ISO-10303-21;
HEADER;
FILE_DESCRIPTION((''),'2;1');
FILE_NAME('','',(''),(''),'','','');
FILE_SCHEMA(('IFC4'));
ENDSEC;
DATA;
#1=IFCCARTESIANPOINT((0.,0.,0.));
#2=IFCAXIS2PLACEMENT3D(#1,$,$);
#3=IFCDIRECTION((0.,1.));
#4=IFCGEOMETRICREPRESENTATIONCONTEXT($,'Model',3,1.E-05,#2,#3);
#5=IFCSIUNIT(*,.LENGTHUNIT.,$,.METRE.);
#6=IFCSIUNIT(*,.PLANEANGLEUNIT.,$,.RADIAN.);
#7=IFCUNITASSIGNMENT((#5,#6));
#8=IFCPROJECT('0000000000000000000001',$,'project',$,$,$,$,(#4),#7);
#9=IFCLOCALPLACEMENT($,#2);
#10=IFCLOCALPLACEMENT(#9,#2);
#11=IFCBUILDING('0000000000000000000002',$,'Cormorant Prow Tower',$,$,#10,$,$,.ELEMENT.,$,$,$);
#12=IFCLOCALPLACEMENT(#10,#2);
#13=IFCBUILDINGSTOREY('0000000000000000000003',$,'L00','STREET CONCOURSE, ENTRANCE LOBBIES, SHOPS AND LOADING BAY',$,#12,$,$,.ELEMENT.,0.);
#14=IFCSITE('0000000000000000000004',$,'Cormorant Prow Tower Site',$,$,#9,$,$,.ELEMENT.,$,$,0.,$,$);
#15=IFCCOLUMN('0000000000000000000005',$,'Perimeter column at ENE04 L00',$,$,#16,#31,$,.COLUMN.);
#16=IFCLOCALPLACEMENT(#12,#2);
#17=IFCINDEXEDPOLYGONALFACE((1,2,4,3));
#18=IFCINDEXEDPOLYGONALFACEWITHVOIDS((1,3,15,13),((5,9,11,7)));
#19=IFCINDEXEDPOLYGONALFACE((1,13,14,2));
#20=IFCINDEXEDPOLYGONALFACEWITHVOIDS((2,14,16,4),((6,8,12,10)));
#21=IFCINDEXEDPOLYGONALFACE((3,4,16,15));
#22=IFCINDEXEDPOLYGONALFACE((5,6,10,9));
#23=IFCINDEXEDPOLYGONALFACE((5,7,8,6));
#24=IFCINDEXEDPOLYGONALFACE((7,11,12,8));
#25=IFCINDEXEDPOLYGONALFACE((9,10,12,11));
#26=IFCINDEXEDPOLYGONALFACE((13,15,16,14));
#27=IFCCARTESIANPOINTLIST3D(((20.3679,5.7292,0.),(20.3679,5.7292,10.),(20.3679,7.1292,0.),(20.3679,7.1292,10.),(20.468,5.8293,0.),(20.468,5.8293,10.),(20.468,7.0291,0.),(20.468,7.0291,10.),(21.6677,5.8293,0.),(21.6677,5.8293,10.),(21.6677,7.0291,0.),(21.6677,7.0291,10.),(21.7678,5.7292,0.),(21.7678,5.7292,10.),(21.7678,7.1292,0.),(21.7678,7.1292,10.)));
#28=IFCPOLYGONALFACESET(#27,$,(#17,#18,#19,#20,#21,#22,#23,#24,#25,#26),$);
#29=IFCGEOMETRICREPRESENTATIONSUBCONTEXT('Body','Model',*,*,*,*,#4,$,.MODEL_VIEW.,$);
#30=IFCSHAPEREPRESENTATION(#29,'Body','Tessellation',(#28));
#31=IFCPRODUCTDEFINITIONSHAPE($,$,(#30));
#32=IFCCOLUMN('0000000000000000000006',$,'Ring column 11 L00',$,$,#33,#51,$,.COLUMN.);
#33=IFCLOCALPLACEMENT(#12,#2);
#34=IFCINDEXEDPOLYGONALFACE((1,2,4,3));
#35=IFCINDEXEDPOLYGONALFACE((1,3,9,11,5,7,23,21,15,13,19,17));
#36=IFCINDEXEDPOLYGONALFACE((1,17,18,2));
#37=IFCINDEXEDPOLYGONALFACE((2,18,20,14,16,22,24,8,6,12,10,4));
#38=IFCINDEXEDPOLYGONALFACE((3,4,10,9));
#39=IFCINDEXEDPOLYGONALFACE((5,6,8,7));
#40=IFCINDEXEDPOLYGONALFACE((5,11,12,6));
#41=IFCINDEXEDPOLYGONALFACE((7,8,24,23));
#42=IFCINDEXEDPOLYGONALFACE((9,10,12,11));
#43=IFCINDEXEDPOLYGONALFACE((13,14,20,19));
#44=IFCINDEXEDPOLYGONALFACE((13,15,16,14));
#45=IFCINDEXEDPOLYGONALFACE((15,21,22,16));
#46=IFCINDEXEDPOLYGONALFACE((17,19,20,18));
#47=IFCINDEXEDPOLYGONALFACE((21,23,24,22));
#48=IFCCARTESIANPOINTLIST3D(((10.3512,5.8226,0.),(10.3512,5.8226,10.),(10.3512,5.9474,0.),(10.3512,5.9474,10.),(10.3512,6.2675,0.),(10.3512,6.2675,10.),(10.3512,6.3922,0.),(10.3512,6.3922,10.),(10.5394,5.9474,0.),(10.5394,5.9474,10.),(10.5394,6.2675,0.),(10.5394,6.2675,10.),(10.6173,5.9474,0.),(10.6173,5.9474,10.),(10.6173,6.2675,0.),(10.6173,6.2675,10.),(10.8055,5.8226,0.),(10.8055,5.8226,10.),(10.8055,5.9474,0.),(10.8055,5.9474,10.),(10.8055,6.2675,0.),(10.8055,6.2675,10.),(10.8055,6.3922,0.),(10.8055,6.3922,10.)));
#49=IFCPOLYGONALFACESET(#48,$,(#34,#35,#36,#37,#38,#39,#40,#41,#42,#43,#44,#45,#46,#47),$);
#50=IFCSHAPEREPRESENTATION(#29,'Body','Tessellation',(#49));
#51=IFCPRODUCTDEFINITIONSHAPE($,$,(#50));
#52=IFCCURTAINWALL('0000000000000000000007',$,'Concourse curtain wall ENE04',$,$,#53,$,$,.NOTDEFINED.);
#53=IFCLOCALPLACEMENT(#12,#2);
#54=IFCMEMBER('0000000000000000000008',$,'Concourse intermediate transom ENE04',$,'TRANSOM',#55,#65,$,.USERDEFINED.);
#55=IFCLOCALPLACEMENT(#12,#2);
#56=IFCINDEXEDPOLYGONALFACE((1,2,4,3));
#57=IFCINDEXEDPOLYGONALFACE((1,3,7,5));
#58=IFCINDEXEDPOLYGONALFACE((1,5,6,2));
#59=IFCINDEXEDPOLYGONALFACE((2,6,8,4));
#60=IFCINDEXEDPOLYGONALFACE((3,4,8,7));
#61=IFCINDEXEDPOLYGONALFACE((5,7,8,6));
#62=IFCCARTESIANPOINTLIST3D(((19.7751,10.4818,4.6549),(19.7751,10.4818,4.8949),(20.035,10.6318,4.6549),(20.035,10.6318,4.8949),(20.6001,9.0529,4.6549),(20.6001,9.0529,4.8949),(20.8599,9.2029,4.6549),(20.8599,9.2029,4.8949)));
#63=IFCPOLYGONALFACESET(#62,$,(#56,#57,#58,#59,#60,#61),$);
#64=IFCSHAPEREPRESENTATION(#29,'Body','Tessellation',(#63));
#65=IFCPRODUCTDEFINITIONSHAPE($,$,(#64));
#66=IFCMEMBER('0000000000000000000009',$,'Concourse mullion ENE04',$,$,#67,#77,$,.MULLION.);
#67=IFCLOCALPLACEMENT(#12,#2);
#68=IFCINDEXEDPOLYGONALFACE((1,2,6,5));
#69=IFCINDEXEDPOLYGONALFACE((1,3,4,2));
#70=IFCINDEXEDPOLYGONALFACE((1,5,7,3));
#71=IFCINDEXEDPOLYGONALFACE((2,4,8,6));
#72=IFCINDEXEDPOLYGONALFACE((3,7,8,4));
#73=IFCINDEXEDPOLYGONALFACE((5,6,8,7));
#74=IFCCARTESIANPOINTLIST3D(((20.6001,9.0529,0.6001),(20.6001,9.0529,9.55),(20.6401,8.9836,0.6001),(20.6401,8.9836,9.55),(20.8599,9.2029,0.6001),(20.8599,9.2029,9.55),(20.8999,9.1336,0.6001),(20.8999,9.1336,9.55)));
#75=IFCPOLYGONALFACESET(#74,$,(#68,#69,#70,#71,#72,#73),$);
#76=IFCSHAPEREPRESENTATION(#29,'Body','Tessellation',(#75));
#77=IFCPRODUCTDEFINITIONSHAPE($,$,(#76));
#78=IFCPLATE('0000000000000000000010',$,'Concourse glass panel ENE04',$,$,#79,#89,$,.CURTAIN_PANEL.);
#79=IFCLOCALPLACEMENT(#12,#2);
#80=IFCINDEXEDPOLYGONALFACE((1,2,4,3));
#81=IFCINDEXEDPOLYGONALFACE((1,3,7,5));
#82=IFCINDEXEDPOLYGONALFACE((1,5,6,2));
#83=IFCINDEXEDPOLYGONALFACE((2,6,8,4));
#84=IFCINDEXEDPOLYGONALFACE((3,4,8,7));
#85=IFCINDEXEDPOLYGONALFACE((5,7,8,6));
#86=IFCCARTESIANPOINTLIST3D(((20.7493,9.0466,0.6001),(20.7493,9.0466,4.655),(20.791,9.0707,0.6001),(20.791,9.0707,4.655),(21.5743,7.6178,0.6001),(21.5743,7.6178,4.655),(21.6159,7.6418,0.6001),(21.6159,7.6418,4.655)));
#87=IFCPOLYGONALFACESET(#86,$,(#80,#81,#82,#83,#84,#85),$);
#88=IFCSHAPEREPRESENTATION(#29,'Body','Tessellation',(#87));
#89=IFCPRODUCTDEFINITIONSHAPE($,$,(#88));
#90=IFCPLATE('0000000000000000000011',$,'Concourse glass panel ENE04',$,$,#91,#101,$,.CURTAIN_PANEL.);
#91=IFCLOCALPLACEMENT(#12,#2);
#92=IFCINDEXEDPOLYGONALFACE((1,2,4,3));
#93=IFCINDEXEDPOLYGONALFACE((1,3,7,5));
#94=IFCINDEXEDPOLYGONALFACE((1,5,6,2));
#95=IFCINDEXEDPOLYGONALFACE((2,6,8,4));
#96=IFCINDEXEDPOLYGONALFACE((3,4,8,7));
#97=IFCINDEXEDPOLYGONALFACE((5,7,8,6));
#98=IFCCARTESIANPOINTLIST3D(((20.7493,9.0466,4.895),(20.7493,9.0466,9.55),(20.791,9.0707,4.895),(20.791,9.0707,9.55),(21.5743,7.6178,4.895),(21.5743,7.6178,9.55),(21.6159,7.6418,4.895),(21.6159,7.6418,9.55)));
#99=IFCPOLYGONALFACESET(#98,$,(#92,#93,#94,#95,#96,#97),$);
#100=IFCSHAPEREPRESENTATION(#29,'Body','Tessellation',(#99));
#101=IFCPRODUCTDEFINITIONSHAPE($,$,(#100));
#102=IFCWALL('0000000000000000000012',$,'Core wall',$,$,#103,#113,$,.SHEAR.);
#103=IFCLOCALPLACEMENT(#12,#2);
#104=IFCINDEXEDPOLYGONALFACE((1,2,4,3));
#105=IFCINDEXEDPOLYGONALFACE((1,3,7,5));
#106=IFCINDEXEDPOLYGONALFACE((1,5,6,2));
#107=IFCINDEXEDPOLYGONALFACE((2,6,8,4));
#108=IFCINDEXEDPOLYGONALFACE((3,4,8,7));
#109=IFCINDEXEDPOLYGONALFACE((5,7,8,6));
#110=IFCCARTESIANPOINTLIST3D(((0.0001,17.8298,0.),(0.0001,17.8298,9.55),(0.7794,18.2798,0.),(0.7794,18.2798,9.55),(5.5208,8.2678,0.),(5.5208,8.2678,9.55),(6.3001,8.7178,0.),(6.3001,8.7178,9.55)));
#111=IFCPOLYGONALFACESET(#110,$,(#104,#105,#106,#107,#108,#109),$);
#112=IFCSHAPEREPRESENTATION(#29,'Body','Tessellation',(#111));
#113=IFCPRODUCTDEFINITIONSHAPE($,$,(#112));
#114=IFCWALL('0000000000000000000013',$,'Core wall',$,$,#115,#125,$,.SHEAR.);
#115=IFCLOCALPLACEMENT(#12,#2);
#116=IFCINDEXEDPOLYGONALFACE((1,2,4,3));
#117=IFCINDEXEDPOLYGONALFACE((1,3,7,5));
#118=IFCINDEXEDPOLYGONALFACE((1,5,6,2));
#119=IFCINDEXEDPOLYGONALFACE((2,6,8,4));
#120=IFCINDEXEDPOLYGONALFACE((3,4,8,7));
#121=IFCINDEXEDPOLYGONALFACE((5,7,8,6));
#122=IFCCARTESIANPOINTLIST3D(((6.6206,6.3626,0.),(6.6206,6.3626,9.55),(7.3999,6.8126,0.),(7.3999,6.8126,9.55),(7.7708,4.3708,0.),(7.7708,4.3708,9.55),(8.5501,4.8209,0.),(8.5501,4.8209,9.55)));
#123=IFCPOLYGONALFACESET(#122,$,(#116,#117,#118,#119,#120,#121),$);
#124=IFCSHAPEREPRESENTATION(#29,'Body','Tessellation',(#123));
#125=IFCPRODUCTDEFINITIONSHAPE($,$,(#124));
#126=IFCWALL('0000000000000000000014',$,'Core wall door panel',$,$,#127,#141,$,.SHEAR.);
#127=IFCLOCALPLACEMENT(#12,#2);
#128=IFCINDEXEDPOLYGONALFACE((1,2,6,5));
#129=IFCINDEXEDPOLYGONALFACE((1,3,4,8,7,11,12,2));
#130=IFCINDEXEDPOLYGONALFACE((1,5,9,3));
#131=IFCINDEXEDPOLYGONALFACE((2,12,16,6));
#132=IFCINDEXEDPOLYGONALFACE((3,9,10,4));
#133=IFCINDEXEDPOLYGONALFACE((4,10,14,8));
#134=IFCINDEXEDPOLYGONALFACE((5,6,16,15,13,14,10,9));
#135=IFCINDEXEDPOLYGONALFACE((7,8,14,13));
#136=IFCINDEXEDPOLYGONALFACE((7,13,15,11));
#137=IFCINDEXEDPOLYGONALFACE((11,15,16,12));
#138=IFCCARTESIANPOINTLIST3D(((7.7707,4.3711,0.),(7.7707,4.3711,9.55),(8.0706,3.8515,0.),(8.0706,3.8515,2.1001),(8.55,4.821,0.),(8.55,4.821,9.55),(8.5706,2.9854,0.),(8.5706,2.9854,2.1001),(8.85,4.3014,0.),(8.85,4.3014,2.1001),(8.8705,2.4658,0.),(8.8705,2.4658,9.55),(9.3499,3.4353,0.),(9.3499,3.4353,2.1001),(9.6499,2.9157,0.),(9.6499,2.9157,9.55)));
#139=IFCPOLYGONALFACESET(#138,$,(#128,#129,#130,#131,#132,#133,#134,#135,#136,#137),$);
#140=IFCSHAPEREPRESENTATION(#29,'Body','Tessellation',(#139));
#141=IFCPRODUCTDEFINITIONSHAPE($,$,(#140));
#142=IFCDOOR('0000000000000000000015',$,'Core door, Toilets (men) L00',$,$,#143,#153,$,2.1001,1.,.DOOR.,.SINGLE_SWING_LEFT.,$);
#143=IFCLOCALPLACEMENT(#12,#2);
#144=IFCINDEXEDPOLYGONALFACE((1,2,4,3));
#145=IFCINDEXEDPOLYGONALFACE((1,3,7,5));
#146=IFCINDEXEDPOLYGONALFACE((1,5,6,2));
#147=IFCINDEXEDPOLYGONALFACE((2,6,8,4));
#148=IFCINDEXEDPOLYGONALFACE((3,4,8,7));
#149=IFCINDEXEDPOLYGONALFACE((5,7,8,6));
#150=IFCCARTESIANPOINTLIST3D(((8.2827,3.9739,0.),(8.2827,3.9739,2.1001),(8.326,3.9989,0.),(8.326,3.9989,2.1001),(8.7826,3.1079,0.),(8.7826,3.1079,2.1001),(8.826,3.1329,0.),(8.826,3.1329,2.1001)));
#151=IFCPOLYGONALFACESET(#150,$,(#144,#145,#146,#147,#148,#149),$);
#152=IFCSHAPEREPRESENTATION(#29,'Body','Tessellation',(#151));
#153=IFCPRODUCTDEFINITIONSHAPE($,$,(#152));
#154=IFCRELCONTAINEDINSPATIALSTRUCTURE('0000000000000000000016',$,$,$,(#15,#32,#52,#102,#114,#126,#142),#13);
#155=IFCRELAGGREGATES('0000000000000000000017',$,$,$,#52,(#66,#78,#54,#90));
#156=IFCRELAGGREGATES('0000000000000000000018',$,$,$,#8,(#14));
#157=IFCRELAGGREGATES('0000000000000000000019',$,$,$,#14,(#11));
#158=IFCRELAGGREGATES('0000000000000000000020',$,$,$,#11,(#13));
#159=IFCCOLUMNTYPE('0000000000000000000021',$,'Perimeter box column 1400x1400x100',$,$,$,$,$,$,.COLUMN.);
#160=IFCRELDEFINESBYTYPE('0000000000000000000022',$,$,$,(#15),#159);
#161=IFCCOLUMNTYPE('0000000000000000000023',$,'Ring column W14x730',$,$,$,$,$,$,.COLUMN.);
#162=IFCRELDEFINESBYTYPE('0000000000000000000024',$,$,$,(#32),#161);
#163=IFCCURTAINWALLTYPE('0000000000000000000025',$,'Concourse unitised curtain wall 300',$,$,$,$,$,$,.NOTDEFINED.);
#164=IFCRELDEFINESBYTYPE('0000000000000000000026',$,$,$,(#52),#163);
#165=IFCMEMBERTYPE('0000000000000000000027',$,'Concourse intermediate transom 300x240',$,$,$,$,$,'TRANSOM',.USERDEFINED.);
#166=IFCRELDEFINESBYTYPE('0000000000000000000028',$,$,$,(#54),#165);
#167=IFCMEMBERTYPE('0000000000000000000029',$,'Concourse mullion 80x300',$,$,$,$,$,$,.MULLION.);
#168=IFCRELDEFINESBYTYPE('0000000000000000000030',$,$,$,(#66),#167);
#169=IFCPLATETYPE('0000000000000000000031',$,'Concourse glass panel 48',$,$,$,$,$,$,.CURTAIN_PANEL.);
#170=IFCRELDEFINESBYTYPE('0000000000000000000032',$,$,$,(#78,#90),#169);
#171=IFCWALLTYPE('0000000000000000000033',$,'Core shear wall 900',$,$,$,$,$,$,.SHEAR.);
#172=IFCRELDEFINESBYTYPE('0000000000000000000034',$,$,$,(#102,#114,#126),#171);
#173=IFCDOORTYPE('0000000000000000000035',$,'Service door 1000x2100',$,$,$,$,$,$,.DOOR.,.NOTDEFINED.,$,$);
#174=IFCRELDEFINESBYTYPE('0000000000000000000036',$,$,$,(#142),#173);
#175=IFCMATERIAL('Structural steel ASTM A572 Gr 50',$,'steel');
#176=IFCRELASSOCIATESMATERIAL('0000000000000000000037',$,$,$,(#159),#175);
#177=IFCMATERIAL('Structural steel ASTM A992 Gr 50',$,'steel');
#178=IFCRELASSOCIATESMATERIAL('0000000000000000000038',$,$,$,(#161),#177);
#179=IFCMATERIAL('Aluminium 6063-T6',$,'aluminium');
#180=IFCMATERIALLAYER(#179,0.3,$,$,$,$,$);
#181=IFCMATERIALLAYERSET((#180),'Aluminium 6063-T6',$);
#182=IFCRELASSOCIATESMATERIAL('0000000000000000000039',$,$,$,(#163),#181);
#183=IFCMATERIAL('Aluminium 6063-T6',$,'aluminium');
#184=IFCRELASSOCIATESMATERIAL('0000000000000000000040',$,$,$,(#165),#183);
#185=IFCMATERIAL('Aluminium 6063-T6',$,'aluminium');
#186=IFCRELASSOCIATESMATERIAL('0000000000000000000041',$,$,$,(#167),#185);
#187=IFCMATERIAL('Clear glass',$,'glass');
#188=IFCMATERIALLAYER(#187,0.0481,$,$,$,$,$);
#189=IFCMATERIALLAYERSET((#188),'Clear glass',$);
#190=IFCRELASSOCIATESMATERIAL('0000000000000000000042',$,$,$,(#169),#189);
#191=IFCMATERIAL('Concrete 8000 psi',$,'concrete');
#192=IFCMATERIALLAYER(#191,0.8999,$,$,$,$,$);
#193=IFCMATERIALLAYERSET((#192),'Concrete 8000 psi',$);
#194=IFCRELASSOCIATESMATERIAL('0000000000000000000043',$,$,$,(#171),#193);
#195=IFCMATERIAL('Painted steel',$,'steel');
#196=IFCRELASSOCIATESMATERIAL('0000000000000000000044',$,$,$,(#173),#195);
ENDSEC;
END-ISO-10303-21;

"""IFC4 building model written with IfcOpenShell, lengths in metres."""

from ifc_helpers import new_model, si_unit, direction, frame, frame_2d, origin, origin_2d, place, context, subcontext, project, spatial, rectangle, hollow_rectangle, i_section, extrude, material, layer, layer_set, material_profile, profile_set, type_object, element, fill, aggregate, save


model = new_model("IFC4")

# Units and contexts
model_context = context("Model", 3, precision=1e-05, world=origin(), true_north=direction((0.0, 1.0)))
body_context = subcontext(model_context, "Body", "Model", "MODEL_VIEW")
ifc_project = project(units=[si_unit("LENGTHUNIT", "METRE"), si_unit("PLANEANGLEUNIT", "RADIAN")], contexts=[model_context])

# Site, building, storey
site_placement = place(None, origin())
site = spatial("IfcSite", under=ifc_project, at=site_placement, Name="Cormorant Prow Tower Site", CompositionType="ELEMENT", RefElevation=0.0)
building_placement = place(site_placement, origin())
building = spatial("IfcBuilding", under=site, at=building_placement, Name="Cormorant Prow Tower", CompositionType="ELEMENT")
storey_placement = place(building_placement, origin())
storey = spatial("IfcBuildingStorey", under=building, at=storey_placement, Name="L00", Description="STREET CONCOURSE, ENTRANCE LOBBIES, SHOPS AND LOADING BAY", CompositionType="ELEMENT", Elevation=0.0)

# Columns
ifc_material_1 = material(Name="Structural steel ASTM A572 Gr 50", Category="steel")
ifc_material_profile_1 = material_profile(ifc_material_1, hollow_rectangle(XDim=1.3999, YDim=1.3999, WallThickness=0.1001, at=origin_2d()), Name="Box 1400x1400x100")
ifc_profile_set_1 = profile_set([ifc_material_profile_1], Name="Structural steel ASTM A572 Gr 50")
column_type_1 = type_object("IfcColumnType", Name="Perimeter box column 1400x1400x100", PredefinedType="COLUMN", material=ifc_profile_set_1)
column_1_placement = place(storey_placement, frame((21.0679, 6.4292, 0.0), z_axis=(0.0, 0.0, 1.0), x_axis=(1.0, 0.0, 0.0)))
element("IfcColumn", 1, at=column_1_placement, inside=storey, type_object=column_type_1, Name="Perimeter column at ENE04 L00", PredefinedType="COLUMN", context=body_context, shape_type="SweptSolid", body=[
    extrude(hollow_rectangle(XDim=1.3999, YDim=1.3999, WallThickness=0.1001, at=origin_2d()), origin(), (0.0, 0.0, 1.0), 10.0),
])
ifc_material_2 = material(Name="Structural steel ASTM A992 Gr 50", Category="steel")
ifc_material_profile_2 = material_profile(ifc_material_2, i_section(OverallWidth=0.4543, OverallDepth=0.5696, WebThickness=0.0779, FlangeThickness=0.1248, at=origin_2d()), Name="W14x730")
ifc_profile_set_2 = profile_set([ifc_material_profile_2], Name="Structural steel ASTM A992 Gr 50")
column_type_2 = type_object("IfcColumnType", Name="Ring column W14x730", PredefinedType="COLUMN", material=ifc_profile_set_2)
column_2_placement = place(storey_placement, frame((10.5784, 6.1074, 0.0), z_axis=(0.0, 0.0, 1.0), x_axis=(1.0, 0.0, 0.0)))
element("IfcColumn", 2, at=column_2_placement, inside=storey, type_object=column_type_2, Name="Ring column 11 L00", PredefinedType="COLUMN", context=body_context, shape_type="SweptSolid", body=[
    extrude(i_section(OverallWidth=0.4543, OverallDepth=0.5696, WebThickness=0.0779, FlangeThickness=0.1248, at=origin_2d()), origin(), (0.0, 0.0, 1.0), 10.0),
])

# Curtain wall, members, plates
ifc_material_3 = material(Name="Aluminium 6063-T6", Category="aluminium")
ifc_layer_1 = layer(ifc_material_3, 0.3)
ifc_layer_set_1 = layer_set([ifc_layer_1], Name="Aluminium 6063-T6")
curtain_wall_type = type_object("IfcCurtainWallType", Name="Concourse unitised curtain wall 300", PredefinedType="NOTDEFINED", material=ifc_layer_set_1)
curtain_wall_placement = place(storey_placement, origin())
curtain_wall = element("IfcCurtainWall", 3, at=curtain_wall_placement, inside=storey, type_object=curtain_wall_type, Name="Concourse curtain wall ENE04", PredefinedType="NOTDEFINED")
ifc_material_4 = material(Name="Aluminium 6063-T6", Category="aluminium")
ifc_material_profile_3 = material_profile(ifc_material_4, rectangle(XDim=0.3, YDim=0.24, at=origin_2d()), Name="Concourse intermediate transom 300x240")
ifc_profile_set_3 = profile_set([ifc_material_profile_3], Name="Aluminium 6063-T6")
member_type_1 = type_object("IfcMemberType", Name="Concourse intermediate transom 300x240", ElementType="TRANSOM", PredefinedType="USERDEFINED", material=ifc_profile_set_3)
member_1_placement = place(storey_placement, frame((20.73, 9.1279, 4.7749), z_axis=(-0.499974, 0.86604, 0.0), x_axis=(-0.86604, -0.499974, 0.0)))
member_1 = element("IfcMember", 4, at=member_1_placement, type_object=member_type_1, Name="Concourse intermediate transom ENE04", ObjectType="TRANSOM", PredefinedType="USERDEFINED", context=body_context, shape_type="SweptSolid", body=[
    extrude(rectangle(XDim=0.3, YDim=0.24, at=origin_2d()), origin(), (0.0, 0.0, 1.0), 1.6499),
])
ifc_material_5 = material(Name="Aluminium 6063-T6", Category="aluminium")
ifc_material_profile_4 = material_profile(ifc_material_5, rectangle(XDim=0.3, YDim=0.0801, at=origin_2d()), Name="Concourse mullion 80x300")
ifc_profile_set_4 = profile_set([ifc_material_profile_4], Name="Aluminium 6063-T6")
member_type_2 = type_object("IfcMemberType", Name="Concourse mullion 80x300", PredefinedType="MULLION", material=ifc_profile_set_4)
member_2_placement = place(storey_placement, frame((20.75, 9.0933, 0.6001), z_axis=(0.0, 0.0, 1.0), x_axis=(-0.866025, -0.5, 0.0)))
member_2 = element("IfcMember", 5, at=member_2_placement, type_object=member_type_2, Name="Concourse mullion ENE04", PredefinedType="MULLION", context=body_context, shape_type="SweptSolid", body=[
    extrude(rectangle(XDim=0.3, YDim=0.0801, at=origin_2d()), origin(), (0.0, 0.0, 1.0), 8.95),
])
ifc_material_6 = material(Name="Clear glass", Category="glass")
ifc_layer_2 = layer(ifc_material_6, 0.0481)
ifc_layer_set_2 = layer_set([ifc_layer_2], Name="Clear glass")
plate_type = type_object("IfcPlateType", Name="Concourse glass panel 48", PredefinedType="CURTAIN_PANEL", material=ifc_layer_set_2)
plate_1_placement = place(storey_placement, frame((21.1826, 8.3442, 0.6001), z_axis=(0.0, 0.0, 1.0), x_axis=(-0.5, 0.866025, 0.0)))
plate_1 = element("IfcPlate", 6, at=plate_1_placement, type_object=plate_type, Name="Concourse glass panel ENE04", PredefinedType="CURTAIN_PANEL", context=body_context, shape_type="SweptSolid", body=[
    extrude(rectangle(XDim=1.6499, YDim=0.0481, at=origin_2d()), origin(), (0.0, 0.0, 1.0), 4.0549),
])
plate_2_placement = place(storey_placement, frame((21.1826, 8.3442, 4.895), z_axis=(0.0, 0.0, 1.0), x_axis=(-0.5, 0.866025, 0.0)))
plate_2 = element("IfcPlate", 7, at=plate_2_placement, type_object=plate_type, Name="Concourse glass panel ENE04", PredefinedType="CURTAIN_PANEL", context=body_context, shape_type="SweptSolid", body=[
    extrude(rectangle(XDim=1.6499, YDim=0.0481, at=origin_2d()), origin(), (0.0, 0.0, 1.0), 4.655),
])
aggregate(curtain_wall, [member_2, plate_1, member_1, plate_2])

# Walls
ifc_material_7 = material(Name="Concrete 8000 psi", Category="concrete")
ifc_layer_3 = layer(ifc_material_7, 0.8999)
ifc_layer_set_3 = layer_set([ifc_layer_3], Name="Concrete 8000 psi")
wall_type_1 = type_object("IfcWallType", Name="Core shear wall 900", PredefinedType="SHEAR", material=ifc_layer_set_3)
wall_1_placement = place(storey_placement, frame((5.9104, 8.4929, 0.0), z_axis=(0.0, 0.0, 1.0), x_axis=(-0.500008, 0.866021, 0.0)))
element("IfcWall", 8, at=wall_1_placement, inside=storey, type_object=wall_type_1, Name="Core wall", PredefinedType="SHEAR", context=body_context, shape_type="SweptSolid", body=[
    extrude(rectangle(XDim=11.0413, YDim=0.8999, at=frame_2d((5.5205, 0.0))), origin(), (0.0, 0.0, 1.0), 9.55),
])
wall_2_placement = place(storey_placement, frame((8.1604, 4.5959, 0.0), z_axis=(0.0, 0.0, 1.0), x_axis=(-0.500078, 0.865981, 0.0)))
element("IfcWall", 9, at=wall_2_placement, inside=storey, type_object=wall_type_1, Name="Core wall", PredefinedType="SHEAR", context=body_context, shape_type="SweptSolid", body=[
    extrude(rectangle(XDim=2.3, YDim=0.8999, at=frame_2d((1.1499, 0.0))), origin(), (0.0, 0.0, 1.0), 9.55),
])

# Wall, opening, door
wall_3_placement = place(storey_placement, frame((9.2603, 2.6907, 0.0), z_axis=(0.0, 0.0, 1.0), x_axis=(-0.499947, 0.866056, 0.0)))
wall_3 = element("IfcWall", 10, at=wall_3_placement, inside=storey, type_object=wall_type_1, Name="Core wall door panel", PredefinedType="SHEAR", context=body_context, shape_type="SweptSolid", body=[
    extrude(rectangle(XDim=2.2, YDim=0.8999, at=frame_2d((1.1001, 0.0))), origin(), (0.0, 0.0, 1.0), 9.55),
])
opening_1_placement = place(wall_3_placement, frame((0.6001, 0.0, 0.0)))
opening_1 = element("IfcOpeningElement", 11, at=opening_1_placement, cuts=wall_3, PredefinedType="OPENING", context=body_context, shape_type="SweptSolid", body=[
    extrude(rectangle(XDim=1.0, YDim=2.1001, at=frame_2d((0.5, 1.05))), frame((0.0, 0.46, 0.0), z_axis=(0.0, -1.0, 0.0), x_axis=(1.0, 0.0, 0.0)), (0.0, 0.0, 1.0), 0.9199),
])
ifc_material_8 = material(Name="Painted steel", Category="steel")
door_type_1 = type_object("IfcDoorType", Name="Service door 1000x2100", OperationType="NOTDEFINED", PredefinedType="DOOR", material=ifc_material_8)
door_1_placement = place(opening_1_placement, origin())
door_1 = element("IfcDoor", 12, at=door_1_placement, inside=storey, type_object=door_type_1, Name="Core door, Toilets (men) L00", OperationType="SINGLE_SWING_LEFT", OverallHeight=2.1001, OverallWidth=1.0, PredefinedType="DOOR", context=body_context, shape_type="SweptSolid", body=[
    extrude(rectangle(XDim=1.0, YDim=2.1001, at=frame_2d((0.5, 1.05))), frame((0.0, 0.2051, 0.0), z_axis=(0.0, -1.0, 0.0), x_axis=(1.0, 0.0, 0.0)), (0.0, 0.0, 1.0), 0.05),
])
fill(opening_1, door_1)

save(model, "model.ifc")
